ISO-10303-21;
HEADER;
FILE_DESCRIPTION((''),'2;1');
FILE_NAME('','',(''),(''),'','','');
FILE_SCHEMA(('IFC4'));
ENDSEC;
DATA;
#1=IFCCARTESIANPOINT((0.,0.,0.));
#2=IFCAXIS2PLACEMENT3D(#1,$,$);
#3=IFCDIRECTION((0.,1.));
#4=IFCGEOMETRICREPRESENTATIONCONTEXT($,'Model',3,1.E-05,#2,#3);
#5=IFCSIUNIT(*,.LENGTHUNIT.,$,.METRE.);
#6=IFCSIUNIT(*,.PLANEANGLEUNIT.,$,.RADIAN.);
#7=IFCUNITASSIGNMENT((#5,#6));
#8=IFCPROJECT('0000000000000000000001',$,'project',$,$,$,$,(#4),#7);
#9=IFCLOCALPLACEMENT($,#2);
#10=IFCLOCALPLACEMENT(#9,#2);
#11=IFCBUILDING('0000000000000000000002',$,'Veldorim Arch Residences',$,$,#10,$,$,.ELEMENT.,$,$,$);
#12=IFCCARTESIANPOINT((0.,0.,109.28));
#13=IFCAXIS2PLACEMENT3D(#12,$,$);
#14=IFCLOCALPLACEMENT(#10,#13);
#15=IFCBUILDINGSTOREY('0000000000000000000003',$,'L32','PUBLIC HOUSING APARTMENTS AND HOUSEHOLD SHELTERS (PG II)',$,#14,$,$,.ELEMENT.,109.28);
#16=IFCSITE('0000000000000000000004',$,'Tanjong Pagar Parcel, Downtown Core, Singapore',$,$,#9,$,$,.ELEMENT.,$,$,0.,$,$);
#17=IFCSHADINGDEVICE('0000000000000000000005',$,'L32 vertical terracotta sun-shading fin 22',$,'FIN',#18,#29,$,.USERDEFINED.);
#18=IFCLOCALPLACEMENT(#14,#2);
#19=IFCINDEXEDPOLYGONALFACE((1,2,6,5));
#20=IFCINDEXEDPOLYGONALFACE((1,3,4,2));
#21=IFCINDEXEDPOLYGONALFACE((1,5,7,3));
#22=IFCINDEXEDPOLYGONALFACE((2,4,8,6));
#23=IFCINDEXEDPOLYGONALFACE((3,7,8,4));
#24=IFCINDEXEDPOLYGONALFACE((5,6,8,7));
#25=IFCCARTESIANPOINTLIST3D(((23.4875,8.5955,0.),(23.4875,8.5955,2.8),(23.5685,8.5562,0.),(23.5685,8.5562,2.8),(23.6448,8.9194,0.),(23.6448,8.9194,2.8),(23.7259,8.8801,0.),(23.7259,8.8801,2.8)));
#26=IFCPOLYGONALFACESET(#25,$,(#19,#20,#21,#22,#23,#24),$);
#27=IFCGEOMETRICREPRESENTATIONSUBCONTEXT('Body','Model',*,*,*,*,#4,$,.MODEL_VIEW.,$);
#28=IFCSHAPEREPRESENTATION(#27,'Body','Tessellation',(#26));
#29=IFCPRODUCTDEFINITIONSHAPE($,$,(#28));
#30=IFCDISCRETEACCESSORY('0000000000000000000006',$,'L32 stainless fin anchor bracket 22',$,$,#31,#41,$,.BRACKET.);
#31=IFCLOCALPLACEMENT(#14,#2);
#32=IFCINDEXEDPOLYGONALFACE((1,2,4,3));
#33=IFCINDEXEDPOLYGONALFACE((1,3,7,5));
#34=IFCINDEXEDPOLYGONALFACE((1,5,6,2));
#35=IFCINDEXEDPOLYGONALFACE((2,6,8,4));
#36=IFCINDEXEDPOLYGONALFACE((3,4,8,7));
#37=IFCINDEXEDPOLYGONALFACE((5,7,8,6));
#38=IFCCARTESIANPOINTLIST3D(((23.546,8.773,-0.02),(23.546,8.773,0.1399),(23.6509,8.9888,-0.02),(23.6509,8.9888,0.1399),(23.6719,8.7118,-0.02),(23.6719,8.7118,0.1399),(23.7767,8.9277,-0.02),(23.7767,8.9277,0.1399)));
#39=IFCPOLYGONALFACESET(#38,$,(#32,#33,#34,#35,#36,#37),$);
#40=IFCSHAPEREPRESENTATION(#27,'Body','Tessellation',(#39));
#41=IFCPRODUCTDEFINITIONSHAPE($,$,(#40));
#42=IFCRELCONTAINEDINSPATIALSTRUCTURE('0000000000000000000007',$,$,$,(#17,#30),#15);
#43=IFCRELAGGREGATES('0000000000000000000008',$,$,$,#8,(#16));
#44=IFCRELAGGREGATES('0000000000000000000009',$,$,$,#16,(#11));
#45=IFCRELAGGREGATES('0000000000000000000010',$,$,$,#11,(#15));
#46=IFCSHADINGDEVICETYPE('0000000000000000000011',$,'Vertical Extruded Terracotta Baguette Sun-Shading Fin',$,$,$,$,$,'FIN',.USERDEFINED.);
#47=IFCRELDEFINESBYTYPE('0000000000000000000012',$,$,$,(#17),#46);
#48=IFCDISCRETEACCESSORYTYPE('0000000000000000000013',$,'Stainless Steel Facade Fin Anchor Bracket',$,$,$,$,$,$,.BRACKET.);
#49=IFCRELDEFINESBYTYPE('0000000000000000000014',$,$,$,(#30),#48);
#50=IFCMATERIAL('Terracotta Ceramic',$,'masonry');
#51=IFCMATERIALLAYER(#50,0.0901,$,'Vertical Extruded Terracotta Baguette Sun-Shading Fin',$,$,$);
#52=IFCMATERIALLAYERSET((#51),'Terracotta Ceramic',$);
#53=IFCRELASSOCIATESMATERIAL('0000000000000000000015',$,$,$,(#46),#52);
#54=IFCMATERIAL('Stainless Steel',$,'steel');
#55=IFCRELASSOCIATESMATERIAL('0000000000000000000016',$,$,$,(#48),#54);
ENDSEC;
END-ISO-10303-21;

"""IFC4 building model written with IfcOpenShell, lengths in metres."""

from ifc_helpers import new_model, si_unit, direction, frame, origin, origin_2d, place, context, subcontext, project, spatial, rectangle, extrude, material, layer, layer_set, type_object, element, save


model = new_model("IFC4")

# Units and contexts
model_context = context("Model", 3, precision=1e-05, world=origin(), true_north=direction((0.0, 1.0)))
body_context = subcontext(model_context, "Body", "Model", "MODEL_VIEW")
ifc_project = project(units=[si_unit("LENGTHUNIT", "METRE"), si_unit("PLANEANGLEUNIT", "RADIAN")], contexts=[model_context])

# Site, building, storey
site_placement = place(None, origin())
site = spatial("IfcSite", under=ifc_project, at=site_placement, Name="Tanjong Pagar Parcel, Downtown Core, Singapore", CompositionType="ELEMENT", RefElevation=0.0)
building_placement = place(site_placement, origin())
building = spatial("IfcBuilding", under=site, at=building_placement, Name="Veldorim Arch Residences", CompositionType="ELEMENT")
storey_placement = place(building_placement, frame((0.0, 0.0, 109.28)))
storey = spatial("IfcBuildingStorey", under=building, at=storey_placement, Name="L32", Description="PUBLIC HOUSING APARTMENTS AND HOUSEHOLD SHELTERS (PG II)", CompositionType="ELEMENT", Elevation=109.28)

# Shading device
ifc_material_1 = material(Name="Terracotta Ceramic", Category="masonry")
ifc_layer_1 = layer(ifc_material_1, 0.0901, Name="Vertical Extruded Terracotta Baguette Sun-Shading Fin")
ifc_layer_set_1 = layer_set([ifc_layer_1], Name="Terracotta Ceramic")
shading_device_type = type_object("IfcShadingDeviceType", Name="Vertical Extruded Terracotta Baguette Sun-Shading Fin", ElementType="FIN", PredefinedType="USERDEFINED", material=ifc_layer_set_1)
shading_device_placement = place(storey_placement, frame((23.6067, 8.7378, 0.0), z_axis=(0.0, 0.0, 1.0), x_axis=(-0.899482, 0.436959, 0.0)))
element("IfcShadingDevice", 1, at=shading_device_placement, inside=storey, type_object=shading_device_type, Name="L32 vertical terracotta sun-shading fin 22", ObjectType="FIN", PredefinedType="USERDEFINED", context=body_context, shape_type="SweptSolid", body=[
    extrude(rectangle(XDim=0.0901, YDim=0.3601, at=origin_2d()), origin(), (0.0, 0.0, 1.0), 2.8),
])

# Discrete accessory
ifc_material_2 = material(Name="Stainless Steel", Category="steel")
discrete_accessory_type = type_object("IfcDiscreteAccessoryType", Name="Stainless Steel Facade Fin Anchor Bracket", PredefinedType="BRACKET", material=ifc_material_2)
discrete_accessory_placement = place(storey_placement, frame((23.6614, 8.8503, -0.02), z_axis=(0.0, 0.0, 1.0), x_axis=(-0.899482, 0.436959, 0.0)))
element("IfcDiscreteAccessory", 2, at=discrete_accessory_placement, inside=storey, type_object=discrete_accessory_type, Name="L32 stainless fin anchor bracket 22", PredefinedType="BRACKET", context=body_context, shape_type="SweptSolid", body=[
    extrude(rectangle(XDim=0.1399, YDim=0.24, at=origin_2d()), origin(), (0.0, 0.0, 1.0), 0.1599),
])

save(model, "model.ifc")
